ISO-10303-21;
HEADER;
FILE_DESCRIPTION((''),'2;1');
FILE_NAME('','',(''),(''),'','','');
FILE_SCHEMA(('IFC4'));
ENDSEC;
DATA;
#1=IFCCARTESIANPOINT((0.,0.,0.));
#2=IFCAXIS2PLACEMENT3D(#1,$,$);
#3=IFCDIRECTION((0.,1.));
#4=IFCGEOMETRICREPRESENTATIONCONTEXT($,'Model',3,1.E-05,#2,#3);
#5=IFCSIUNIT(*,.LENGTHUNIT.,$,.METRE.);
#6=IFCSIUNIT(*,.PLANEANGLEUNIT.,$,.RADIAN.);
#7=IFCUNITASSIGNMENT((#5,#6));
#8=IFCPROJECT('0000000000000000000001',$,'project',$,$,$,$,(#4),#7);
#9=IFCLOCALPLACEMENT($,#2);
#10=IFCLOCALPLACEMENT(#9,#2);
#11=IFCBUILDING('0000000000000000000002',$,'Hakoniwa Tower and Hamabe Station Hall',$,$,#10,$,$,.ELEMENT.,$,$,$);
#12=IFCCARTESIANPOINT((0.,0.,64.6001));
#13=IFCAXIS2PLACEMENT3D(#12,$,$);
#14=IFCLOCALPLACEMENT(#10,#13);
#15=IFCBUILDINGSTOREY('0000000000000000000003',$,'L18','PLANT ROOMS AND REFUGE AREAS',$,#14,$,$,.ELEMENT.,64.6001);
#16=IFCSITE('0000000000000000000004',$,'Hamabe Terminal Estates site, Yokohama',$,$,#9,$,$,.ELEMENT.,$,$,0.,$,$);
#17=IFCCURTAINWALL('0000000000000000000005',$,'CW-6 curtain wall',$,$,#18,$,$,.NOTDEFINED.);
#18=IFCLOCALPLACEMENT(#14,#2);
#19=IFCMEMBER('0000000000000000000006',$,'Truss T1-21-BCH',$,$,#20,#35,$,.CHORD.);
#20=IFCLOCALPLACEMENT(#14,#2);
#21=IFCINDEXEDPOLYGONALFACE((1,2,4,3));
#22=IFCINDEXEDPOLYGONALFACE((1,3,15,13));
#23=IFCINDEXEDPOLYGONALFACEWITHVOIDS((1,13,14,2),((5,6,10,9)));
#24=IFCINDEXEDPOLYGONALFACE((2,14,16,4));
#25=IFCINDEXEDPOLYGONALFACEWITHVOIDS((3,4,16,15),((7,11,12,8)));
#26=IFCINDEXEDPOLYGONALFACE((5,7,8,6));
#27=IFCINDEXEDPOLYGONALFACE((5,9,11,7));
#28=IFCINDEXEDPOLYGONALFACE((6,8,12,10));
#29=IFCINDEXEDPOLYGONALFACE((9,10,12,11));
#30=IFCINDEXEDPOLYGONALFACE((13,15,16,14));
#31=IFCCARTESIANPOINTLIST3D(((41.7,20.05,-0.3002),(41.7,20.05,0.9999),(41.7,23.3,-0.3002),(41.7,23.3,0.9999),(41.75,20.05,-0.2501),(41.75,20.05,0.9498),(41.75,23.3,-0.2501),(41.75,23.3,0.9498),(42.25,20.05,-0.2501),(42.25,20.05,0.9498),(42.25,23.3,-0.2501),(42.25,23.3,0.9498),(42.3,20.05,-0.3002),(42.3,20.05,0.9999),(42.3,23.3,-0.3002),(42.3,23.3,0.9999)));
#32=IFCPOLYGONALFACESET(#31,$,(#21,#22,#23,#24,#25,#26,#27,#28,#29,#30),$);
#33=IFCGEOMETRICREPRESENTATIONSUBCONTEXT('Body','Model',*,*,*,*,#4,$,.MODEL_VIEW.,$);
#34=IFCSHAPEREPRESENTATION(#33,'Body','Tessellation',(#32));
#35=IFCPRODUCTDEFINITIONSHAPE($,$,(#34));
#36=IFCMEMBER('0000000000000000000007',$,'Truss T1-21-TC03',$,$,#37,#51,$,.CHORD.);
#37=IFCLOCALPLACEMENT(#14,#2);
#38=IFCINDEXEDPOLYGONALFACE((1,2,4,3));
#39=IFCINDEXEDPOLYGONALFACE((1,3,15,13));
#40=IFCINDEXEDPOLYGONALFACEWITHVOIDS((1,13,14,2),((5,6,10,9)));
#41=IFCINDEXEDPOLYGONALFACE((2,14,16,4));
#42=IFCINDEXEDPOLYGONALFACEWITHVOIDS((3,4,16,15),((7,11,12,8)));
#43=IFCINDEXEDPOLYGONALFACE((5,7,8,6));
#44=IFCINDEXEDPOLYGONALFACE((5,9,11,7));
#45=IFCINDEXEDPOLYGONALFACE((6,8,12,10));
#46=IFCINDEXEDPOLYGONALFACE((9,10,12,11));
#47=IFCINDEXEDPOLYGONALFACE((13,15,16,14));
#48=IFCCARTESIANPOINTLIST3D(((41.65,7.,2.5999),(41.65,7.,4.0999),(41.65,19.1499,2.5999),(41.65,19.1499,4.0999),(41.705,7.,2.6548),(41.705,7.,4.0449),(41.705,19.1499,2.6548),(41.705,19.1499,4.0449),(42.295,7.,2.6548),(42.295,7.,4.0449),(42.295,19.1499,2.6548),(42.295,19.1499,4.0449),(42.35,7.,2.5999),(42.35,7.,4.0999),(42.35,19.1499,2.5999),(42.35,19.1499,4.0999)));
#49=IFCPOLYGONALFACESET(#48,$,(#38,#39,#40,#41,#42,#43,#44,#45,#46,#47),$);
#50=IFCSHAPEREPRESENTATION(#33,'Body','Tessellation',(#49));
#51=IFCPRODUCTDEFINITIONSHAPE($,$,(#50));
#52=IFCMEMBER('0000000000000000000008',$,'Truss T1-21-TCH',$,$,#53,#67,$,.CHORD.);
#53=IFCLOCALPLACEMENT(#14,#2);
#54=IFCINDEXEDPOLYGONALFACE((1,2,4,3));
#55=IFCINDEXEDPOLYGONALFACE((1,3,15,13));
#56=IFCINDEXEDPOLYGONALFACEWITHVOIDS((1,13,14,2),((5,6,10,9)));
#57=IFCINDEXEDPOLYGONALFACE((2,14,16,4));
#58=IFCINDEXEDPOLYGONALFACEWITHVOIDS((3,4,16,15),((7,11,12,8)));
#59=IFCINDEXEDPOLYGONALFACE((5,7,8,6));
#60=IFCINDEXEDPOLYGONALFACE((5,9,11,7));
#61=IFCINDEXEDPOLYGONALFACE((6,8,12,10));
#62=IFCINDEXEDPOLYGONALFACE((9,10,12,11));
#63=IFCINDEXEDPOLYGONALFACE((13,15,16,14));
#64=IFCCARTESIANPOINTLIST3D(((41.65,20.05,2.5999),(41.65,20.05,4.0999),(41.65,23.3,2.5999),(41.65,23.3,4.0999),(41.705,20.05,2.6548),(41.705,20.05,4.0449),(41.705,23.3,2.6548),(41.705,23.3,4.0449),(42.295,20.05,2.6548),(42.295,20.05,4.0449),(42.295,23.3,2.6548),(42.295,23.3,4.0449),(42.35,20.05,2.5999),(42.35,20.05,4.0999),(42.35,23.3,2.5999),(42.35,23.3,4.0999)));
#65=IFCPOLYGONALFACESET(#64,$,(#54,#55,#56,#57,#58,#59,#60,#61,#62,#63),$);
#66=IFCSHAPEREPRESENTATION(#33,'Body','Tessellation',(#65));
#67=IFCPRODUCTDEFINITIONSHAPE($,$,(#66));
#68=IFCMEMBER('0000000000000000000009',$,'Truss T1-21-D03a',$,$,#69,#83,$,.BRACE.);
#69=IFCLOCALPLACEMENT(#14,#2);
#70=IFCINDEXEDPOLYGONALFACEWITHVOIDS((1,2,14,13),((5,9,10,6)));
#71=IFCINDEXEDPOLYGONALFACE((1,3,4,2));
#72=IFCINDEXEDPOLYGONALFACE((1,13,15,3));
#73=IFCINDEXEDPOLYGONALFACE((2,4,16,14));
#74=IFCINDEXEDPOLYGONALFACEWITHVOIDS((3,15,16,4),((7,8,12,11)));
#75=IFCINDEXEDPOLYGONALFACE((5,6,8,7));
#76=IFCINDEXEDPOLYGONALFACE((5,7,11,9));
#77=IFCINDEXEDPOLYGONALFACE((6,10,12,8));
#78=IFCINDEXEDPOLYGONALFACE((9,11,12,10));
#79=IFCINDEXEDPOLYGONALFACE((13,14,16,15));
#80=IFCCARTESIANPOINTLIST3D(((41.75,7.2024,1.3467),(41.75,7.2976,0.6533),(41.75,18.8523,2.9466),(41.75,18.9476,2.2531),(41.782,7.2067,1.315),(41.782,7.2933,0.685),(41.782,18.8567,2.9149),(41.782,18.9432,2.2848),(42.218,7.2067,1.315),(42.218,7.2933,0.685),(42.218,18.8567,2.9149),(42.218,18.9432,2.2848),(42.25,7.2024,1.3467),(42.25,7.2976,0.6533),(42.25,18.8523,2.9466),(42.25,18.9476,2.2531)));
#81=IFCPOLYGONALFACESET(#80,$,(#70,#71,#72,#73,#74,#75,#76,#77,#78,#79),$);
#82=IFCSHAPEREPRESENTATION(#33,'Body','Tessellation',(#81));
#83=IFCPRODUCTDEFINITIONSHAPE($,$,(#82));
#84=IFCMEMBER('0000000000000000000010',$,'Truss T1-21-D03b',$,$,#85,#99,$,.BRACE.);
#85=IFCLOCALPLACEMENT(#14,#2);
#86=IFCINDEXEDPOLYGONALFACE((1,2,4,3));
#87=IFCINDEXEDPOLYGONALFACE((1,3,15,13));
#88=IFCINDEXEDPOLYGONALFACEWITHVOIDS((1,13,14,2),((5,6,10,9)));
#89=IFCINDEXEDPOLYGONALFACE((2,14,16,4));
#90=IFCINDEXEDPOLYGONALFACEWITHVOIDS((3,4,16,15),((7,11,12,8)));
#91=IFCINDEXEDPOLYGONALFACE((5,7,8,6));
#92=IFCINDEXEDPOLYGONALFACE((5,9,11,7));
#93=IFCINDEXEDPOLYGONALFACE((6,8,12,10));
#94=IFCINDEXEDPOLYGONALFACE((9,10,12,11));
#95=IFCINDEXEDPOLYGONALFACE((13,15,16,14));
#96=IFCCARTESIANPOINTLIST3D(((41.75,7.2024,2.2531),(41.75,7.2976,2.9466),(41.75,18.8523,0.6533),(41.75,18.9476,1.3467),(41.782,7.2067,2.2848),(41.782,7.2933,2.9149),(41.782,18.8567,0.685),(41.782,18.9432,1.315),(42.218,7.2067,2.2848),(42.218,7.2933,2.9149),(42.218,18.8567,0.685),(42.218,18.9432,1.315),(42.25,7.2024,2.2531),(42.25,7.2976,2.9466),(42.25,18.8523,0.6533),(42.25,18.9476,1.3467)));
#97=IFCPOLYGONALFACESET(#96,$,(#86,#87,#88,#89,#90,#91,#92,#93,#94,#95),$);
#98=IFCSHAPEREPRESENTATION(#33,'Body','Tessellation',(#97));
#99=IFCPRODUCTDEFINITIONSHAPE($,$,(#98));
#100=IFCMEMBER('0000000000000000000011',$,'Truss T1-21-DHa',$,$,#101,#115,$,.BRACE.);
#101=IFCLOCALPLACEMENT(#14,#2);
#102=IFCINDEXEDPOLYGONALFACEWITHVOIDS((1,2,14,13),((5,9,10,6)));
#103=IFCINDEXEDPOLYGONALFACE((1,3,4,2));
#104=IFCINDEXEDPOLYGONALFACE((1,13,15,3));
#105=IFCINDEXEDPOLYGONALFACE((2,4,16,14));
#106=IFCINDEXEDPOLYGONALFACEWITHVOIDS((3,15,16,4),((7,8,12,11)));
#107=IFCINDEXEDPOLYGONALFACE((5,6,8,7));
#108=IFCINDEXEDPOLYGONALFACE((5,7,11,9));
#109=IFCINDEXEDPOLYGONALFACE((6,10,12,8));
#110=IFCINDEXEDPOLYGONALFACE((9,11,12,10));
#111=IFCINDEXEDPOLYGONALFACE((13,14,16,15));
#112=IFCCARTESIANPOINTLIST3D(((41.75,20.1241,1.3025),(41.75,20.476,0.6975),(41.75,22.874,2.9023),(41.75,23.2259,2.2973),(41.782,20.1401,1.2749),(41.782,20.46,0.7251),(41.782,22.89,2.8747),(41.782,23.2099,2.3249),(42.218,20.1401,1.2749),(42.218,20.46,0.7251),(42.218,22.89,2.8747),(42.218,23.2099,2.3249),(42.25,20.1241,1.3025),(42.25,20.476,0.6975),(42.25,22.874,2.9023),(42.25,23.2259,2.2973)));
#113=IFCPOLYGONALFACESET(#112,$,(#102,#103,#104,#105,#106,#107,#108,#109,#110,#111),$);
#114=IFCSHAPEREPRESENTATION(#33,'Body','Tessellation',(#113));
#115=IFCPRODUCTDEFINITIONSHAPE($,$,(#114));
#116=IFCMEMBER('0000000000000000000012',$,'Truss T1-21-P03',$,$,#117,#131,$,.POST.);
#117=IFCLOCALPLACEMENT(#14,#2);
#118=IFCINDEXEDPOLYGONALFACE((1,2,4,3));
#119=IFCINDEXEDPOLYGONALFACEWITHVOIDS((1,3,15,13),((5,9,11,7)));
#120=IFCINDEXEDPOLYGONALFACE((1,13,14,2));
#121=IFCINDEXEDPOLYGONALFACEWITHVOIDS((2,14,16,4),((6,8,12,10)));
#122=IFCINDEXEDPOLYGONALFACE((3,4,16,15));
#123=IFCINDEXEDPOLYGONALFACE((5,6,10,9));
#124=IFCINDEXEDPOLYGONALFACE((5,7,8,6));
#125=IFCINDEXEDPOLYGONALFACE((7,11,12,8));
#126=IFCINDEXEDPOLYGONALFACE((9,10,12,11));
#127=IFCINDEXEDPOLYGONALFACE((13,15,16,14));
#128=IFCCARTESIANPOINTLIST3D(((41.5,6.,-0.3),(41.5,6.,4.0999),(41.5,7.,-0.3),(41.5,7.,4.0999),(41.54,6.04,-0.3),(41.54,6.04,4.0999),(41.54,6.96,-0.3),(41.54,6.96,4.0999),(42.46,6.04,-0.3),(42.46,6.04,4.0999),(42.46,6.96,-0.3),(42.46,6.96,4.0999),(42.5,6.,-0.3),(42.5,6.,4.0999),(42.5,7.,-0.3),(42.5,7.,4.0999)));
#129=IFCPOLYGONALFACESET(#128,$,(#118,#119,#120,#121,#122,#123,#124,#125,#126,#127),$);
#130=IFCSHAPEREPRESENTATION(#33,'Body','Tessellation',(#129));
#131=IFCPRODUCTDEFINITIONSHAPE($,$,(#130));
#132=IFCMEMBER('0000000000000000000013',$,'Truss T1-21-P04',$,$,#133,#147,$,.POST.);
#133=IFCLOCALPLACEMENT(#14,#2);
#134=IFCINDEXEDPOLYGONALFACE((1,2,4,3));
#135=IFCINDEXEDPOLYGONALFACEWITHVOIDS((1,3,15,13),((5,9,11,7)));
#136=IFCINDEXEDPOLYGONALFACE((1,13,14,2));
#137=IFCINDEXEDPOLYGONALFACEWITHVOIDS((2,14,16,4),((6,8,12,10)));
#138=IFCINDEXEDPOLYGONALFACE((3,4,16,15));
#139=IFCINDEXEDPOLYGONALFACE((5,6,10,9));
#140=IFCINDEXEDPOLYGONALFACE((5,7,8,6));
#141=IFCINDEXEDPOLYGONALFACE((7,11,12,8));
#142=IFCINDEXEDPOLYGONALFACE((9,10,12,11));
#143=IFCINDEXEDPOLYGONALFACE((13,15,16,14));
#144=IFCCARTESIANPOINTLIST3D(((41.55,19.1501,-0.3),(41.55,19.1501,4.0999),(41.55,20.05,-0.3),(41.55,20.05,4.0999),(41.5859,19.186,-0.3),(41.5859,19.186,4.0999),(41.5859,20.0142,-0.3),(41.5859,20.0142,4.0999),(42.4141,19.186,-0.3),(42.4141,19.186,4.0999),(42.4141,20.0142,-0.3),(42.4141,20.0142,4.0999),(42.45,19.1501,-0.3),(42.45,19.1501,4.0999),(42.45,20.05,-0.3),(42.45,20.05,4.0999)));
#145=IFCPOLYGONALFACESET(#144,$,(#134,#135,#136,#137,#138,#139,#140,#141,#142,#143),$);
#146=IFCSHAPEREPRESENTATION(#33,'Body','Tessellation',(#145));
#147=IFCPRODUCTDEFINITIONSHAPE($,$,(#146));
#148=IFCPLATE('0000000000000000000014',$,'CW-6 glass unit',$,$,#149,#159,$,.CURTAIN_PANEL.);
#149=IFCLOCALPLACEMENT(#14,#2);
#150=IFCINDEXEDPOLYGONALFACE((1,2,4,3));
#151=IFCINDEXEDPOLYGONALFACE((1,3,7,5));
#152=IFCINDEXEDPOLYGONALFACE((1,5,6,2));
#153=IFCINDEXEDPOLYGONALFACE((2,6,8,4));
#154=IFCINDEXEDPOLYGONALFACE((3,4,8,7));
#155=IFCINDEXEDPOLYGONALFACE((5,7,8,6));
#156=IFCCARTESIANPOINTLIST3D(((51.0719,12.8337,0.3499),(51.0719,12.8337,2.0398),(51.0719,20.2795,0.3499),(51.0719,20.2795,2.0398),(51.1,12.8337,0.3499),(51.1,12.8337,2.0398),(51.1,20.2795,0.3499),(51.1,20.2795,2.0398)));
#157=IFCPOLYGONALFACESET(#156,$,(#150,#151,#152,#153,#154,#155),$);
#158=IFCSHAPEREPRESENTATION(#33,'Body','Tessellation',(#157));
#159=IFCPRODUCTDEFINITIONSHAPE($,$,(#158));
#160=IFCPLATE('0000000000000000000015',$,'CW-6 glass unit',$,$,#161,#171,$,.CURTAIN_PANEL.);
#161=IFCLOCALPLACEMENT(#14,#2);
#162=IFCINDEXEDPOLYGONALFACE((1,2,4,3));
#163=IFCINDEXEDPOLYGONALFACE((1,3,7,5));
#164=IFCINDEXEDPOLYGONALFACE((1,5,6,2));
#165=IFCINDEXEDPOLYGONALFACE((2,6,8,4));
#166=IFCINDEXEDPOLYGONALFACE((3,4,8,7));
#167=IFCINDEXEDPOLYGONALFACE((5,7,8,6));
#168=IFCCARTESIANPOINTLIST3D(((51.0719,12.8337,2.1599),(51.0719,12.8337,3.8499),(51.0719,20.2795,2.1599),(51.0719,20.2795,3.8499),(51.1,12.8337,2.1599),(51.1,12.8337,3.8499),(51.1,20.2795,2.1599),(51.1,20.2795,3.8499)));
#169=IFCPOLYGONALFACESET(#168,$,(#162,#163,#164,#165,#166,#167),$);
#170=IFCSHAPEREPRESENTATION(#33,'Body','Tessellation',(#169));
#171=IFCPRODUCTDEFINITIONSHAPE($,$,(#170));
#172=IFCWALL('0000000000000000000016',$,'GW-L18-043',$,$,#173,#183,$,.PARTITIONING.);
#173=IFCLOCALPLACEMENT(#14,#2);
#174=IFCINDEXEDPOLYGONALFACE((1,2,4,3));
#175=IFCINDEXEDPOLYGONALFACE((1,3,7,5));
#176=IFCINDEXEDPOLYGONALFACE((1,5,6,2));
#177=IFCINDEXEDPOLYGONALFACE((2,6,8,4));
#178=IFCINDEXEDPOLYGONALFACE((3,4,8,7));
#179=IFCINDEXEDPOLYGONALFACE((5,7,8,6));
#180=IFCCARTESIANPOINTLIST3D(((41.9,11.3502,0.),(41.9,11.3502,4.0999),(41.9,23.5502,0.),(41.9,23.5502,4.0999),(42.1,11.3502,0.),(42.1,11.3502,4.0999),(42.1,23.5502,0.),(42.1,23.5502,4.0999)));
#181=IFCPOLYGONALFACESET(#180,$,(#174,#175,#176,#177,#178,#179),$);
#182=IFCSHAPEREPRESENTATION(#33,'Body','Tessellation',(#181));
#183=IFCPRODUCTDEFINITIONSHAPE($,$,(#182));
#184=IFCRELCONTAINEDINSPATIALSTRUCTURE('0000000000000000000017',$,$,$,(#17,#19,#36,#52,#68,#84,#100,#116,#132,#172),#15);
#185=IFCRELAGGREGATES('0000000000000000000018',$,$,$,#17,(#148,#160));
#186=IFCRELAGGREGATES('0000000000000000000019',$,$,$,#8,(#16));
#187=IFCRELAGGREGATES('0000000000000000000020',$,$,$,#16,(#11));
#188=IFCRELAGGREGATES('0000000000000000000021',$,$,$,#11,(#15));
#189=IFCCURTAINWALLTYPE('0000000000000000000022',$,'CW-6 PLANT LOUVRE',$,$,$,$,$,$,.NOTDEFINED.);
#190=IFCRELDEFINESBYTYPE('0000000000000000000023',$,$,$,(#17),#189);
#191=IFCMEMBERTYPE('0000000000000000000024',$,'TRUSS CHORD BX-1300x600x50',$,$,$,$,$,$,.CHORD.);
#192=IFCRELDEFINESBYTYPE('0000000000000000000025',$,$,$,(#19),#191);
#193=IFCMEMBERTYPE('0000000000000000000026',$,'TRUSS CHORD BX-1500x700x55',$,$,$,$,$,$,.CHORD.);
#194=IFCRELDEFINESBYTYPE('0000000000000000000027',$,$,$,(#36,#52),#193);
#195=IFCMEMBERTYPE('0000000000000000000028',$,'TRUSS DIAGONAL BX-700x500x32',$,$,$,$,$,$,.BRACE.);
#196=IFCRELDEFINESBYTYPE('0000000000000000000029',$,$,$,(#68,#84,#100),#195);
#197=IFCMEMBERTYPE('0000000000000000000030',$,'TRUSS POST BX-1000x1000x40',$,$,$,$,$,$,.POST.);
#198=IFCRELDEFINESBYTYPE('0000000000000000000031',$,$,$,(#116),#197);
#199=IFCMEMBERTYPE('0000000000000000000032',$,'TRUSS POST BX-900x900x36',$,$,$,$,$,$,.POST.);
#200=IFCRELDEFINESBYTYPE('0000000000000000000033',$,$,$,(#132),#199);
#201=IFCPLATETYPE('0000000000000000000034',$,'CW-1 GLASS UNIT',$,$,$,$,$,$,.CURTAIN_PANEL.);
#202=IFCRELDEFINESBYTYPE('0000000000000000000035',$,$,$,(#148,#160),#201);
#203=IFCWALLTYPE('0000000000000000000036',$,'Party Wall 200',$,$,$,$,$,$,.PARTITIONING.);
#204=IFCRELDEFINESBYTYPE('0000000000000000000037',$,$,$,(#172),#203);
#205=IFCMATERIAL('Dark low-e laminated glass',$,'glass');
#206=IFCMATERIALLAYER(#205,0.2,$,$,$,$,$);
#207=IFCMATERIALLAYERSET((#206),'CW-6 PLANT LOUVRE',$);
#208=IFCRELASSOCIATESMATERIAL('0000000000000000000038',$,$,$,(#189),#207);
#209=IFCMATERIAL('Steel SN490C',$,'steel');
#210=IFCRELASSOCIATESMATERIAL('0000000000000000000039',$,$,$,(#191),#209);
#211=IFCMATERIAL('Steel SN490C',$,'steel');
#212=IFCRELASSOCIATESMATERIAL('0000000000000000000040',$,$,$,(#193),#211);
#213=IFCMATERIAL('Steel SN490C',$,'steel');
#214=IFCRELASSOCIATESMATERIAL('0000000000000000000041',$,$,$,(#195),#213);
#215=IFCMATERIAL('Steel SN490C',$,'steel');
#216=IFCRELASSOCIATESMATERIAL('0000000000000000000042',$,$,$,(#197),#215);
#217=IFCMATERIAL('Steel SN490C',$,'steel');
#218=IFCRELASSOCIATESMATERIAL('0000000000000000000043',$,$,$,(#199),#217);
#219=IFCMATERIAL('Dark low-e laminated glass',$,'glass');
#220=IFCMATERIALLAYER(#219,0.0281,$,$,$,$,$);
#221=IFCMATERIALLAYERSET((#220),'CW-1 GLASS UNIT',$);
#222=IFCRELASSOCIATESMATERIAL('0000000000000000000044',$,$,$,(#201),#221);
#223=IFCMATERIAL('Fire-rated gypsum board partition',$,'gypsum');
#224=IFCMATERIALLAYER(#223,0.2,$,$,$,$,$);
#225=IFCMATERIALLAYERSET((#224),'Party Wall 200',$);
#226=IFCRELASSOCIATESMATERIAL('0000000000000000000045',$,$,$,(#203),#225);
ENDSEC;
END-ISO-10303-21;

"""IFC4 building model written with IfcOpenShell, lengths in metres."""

from ifc_helpers import new_model, si_unit, direction, frame, frame_2d, origin, origin_2d, place, context, subcontext, project, spatial, rectangle, hollow_rectangle, extrude, material, layer, layer_set, material_profile, profile_set, type_object, element, aggregate, save


model = new_model("IFC4")

# Units and contexts
model_context = context("Model", 3, precision=1e-05, world=origin(), true_north=direction((0.0, 1.0)))
body_context = subcontext(model_context, "Body", "Model", "MODEL_VIEW")
ifc_project = project(units=[si_unit("LENGTHUNIT", "METRE"), si_unit("PLANEANGLEUNIT", "RADIAN")], contexts=[model_context])

# Site, building, storey
site_placement = place(None, origin())
site = spatial("IfcSite", under=ifc_project, at=site_placement, Name="Hamabe Terminal Estates site, Yokohama", CompositionType="ELEMENT", RefElevation=0.0)
building_placement = place(site_placement, origin())
building = spatial("IfcBuilding", under=site, at=building_placement, Name="Hakoniwa Tower and Hamabe Station Hall", CompositionType="ELEMENT")
storey_placement = place(building_placement, frame((0.0, 0.0, 64.6001)))
storey = spatial("IfcBuildingStorey", under=building, at=storey_placement, Name="L18", Description="PLANT ROOMS AND REFUGE AREAS", CompositionType="ELEMENT", Elevation=64.6001)

# Curtain wall
ifc_material_1 = material(Name="Dark low-e laminated glass", Category="glass")
ifc_layer_1 = layer(ifc_material_1, 0.2)
ifc_layer_set_1 = layer_set([ifc_layer_1], Name="CW-6 PLANT LOUVRE")
curtain_wall_type = type_object("IfcCurtainWallType", Name="CW-6 PLANT LOUVRE", PredefinedType="NOTDEFINED", material=ifc_layer_set_1)
curtain_wall_1_placement = place(storey_placement, origin())
curtain_wall_1 = element("IfcCurtainWall", 1, at=curtain_wall_1_placement, inside=storey, type_object=curtain_wall_type, Name="CW-6 curtain wall", PredefinedType="NOTDEFINED")

# Members
ifc_material_2 = material(Name="Steel SN490C", Category="steel")
ifc_material_profile_1 = material_profile(ifc_material_2, hollow_rectangle(XDim=0.6001, YDim=1.3, WallThickness=0.05, at=origin_2d()), Name="BX-1300x600x50")
ifc_profile_set_1 = profile_set([ifc_material_profile_1], Name="Steel SN490C")
member_type_1 = type_object("IfcMemberType", Name="TRUSS CHORD BX-1300x600x50", PredefinedType="CHORD", material=ifc_profile_set_1)
member_1_placement = place(storey_placement, frame((42.0, 20.05, 0.3499), z_axis=(0.0, 1.0, 0.0), x_axis=(-1.0, 0.0, 0.0)))
element("IfcMember", 2, at=member_1_placement, inside=storey, type_object=member_type_1, Name="Truss T1-21-BCH", PredefinedType="CHORD", context=body_context, shape_type="SweptSolid", body=[
    extrude(hollow_rectangle(XDim=0.6001, YDim=1.3, WallThickness=0.05, at=origin_2d()), origin(), (0.0, 0.0, 1.0), 3.25),
])
ifc_material_3 = material(Name="Steel SN490C", Category="steel")
ifc_material_profile_2 = material_profile(ifc_material_3, hollow_rectangle(XDim=0.7, YDim=1.5, WallThickness=0.0549, at=origin_2d()), Name="BX-1500x700x55")
ifc_profile_set_2 = profile_set([ifc_material_profile_2], Name="Steel SN490C")
member_type_2 = type_object("IfcMemberType", Name="TRUSS CHORD BX-1500x700x55", PredefinedType="CHORD", material=ifc_profile_set_2)
member_2_placement = place(storey_placement, frame((42.0, 7.0, 3.3499), z_axis=(0.0, 1.0, 0.0), x_axis=(-1.0, 0.0, 0.0)))
element("IfcMember", 3, at=member_2_placement, inside=storey, type_object=member_type_2, Name="Truss T1-21-TC03", PredefinedType="CHORD", context=body_context, shape_type="SweptSolid", body=[
    extrude(hollow_rectangle(XDim=0.7, YDim=1.5, WallThickness=0.0549, at=origin_2d()), origin(), (0.0, 0.0, 1.0), 12.1499),
])
member_3_placement = place(storey_placement, frame((42.0, 20.05, 3.3499), z_axis=(0.0, 1.0, 0.0), x_axis=(-1.0, 0.0, 0.0)))
element("IfcMember", 4, at=member_3_placement, inside=storey, type_object=member_type_2, Name="Truss T1-21-TCH", PredefinedType="CHORD", context=body_context, shape_type="SweptSolid", body=[
    extrude(hollow_rectangle(XDim=0.7, YDim=1.5, WallThickness=0.0549, at=origin_2d()), origin(), (0.0, 0.0, 1.0), 3.25),
])
ifc_material_4 = material(Name="Steel SN490C", Category="steel")
ifc_material_profile_3 = material_profile(ifc_material_4, hollow_rectangle(XDim=0.5, YDim=0.7, WallThickness=0.032, at=origin_2d()), Name="BX-700x500x32")
ifc_profile_set_3 = profile_set([ifc_material_profile_3], Name="Steel SN490C")
member_type_3 = type_object("IfcMemberType", Name="TRUSS DIAGONAL BX-700x500x32", PredefinedType="BRACE", material=ifc_profile_set_3)
for number, where, z_axis, x_axis, name in (
    (5, (42.0, 7.25, 1.0), (0.0, 0.990702, 0.136051), (-1.0, 0.0, 0.0), "Truss T1-21-D03a"),
    (6, (42.0, 7.25, 2.5999), (0.0, 0.990702, -0.136051), (-1.0, 0.0, 0.0), "Truss T1-21-D03b"),
):
    element("IfcMember", number, at=place(storey_placement, frame(where, z_axis=z_axis, x_axis=x_axis)), inside=storey, type_object=member_type_3, Name=name, PredefinedType="BRACE", context=body_context, shape_type="SweptSolid", body=[
        extrude(hollow_rectangle(XDim=0.5, YDim=0.7, WallThickness=0.032, at=origin_2d()), origin(), (0.0, 0.0, 1.0), 11.7593),
    ])
member_4_placement = place(storey_placement, frame((42.0, 20.3, 1.0), z_axis=(0.0, 0.864368, 0.502859), x_axis=(-1.0, 0.0, 0.0)))
element("IfcMember", 7, at=member_4_placement, inside=storey, type_object=member_type_3, Name="Truss T1-21-DHa", PredefinedType="BRACE", context=body_context, shape_type="SweptSolid", body=[
    extrude(hollow_rectangle(XDim=0.5, YDim=0.7, WallThickness=0.032, at=origin_2d()), origin(), (0.0, 0.0, 1.0), 3.1814),
])
ifc_material_5 = material(Name="Steel SN490C", Category="steel")
ifc_material_profile_4 = material_profile(ifc_material_5, hollow_rectangle(XDim=1.0, YDim=1.0, WallThickness=0.04, at=origin_2d()), Name="BX-1000x1000x40")
ifc_profile_set_4 = profile_set([ifc_material_profile_4], Name="Steel SN490C")
member_type_4 = type_object("IfcMemberType", Name="TRUSS POST BX-1000x1000x40", PredefinedType="POST", material=ifc_profile_set_4)
member_5_placement = place(storey_placement, frame((42.0, 6.5, -0.3), z_axis=(0.0, 0.0, 1.0), x_axis=(1.0, 0.0, 0.0)))
element("IfcMember", 8, at=member_5_placement, inside=storey, type_object=member_type_4, Name="Truss T1-21-P03", PredefinedType="POST", context=body_context, shape_type="SweptSolid", body=[
    extrude(hollow_rectangle(XDim=1.0, YDim=1.0, WallThickness=0.04, at=origin_2d()), origin(), (0.0, 0.0, 1.0), 4.3999),
])
ifc_material_6 = material(Name="Steel SN490C", Category="steel")
ifc_material_profile_5 = material_profile(ifc_material_6, hollow_rectangle(XDim=0.8999, YDim=0.8999, WallThickness=0.0359, at=origin_2d()), Name="BX-900x900x36")
ifc_profile_set_5 = profile_set([ifc_material_profile_5], Name="Steel SN490C")
member_type_5 = type_object("IfcMemberType", Name="TRUSS POST BX-900x900x36", PredefinedType="POST", material=ifc_profile_set_5)
member_6_placement = place(storey_placement, frame((42.0, 19.6001, -0.3), z_axis=(0.0, 0.0, 1.0), x_axis=(1.0, 0.0, 0.0)))
element("IfcMember", 9, at=member_6_placement, inside=storey, type_object=member_type_5, Name="Truss T1-21-P04", PredefinedType="POST", context=body_context, shape_type="SweptSolid", body=[
    extrude(hollow_rectangle(XDim=0.8999, YDim=0.8999, WallThickness=0.0359, at=origin_2d()), origin(), (0.0, 0.0, 1.0), 4.3999),
])

# Plates
ifc_material_7 = material(Name="Dark low-e laminated glass", Category="glass")
ifc_layer_2 = layer(ifc_material_7, 0.0281)
ifc_layer_set_2 = layer_set([ifc_layer_2], Name="CW-1 GLASS UNIT")
plate_type = type_object("IfcPlateType", Name="CW-1 GLASS UNIT", PredefinedType="CURTAIN_PANEL", material=ifc_layer_set_2)
plate_1_placement = place(storey_placement, frame((51.0859, 16.5566, 0.3499), z_axis=(0.0, 0.0, 1.0), x_axis=(0.0, 1.0, 0.0)))
plate_1 = element("IfcPlate", 10, at=plate_1_placement, type_object=plate_type, Name="CW-6 glass unit", PredefinedType="CURTAIN_PANEL", context=body_context, shape_type="SweptSolid", body=[
    extrude(rectangle(XDim=7.4458, YDim=0.0281, at=origin_2d()), origin(), (0.0, 0.0, 1.0), 1.6899),
])
plate_2_placement = place(storey_placement, frame((51.0859, 16.5566, 2.1599), z_axis=(0.0, 0.0, 1.0), x_axis=(0.0, 1.0, 0.0)))
plate_2 = element("IfcPlate", 11, at=plate_2_placement, type_object=plate_type, Name="CW-6 glass unit", PredefinedType="CURTAIN_PANEL", context=body_context, shape_type="SweptSolid", body=[
    extrude(rectangle(XDim=7.4458, YDim=0.0281, at=origin_2d()), origin(), (0.0, 0.0, 1.0), 1.6899),
])

# Wall
ifc_material_8 = material(Name="Fire-rated gypsum board partition", Category="gypsum")
ifc_layer_3 = layer(ifc_material_8, 0.2)
ifc_layer_set_3 = layer_set([ifc_layer_3], Name="Party Wall 200")
wall_type = type_object("IfcWallType", Name="Party Wall 200", PredefinedType="PARTITIONING", material=ifc_layer_set_3)
wall_placement = place(storey_placement, frame((42.0, 11.3501, 0.0), z_axis=(0.0, 0.0, 1.0), x_axis=(0.0, 1.0, 0.0)))
element("IfcWall", 12, at=wall_placement, inside=storey, type_object=wall_type, Name="GW-L18-043", PredefinedType="PARTITIONING", context=body_context, shape_type="SweptSolid", body=[
    extrude(rectangle(XDim=12.2, YDim=0.2, at=frame_2d((6.1001, 0.0))), origin(), (0.0, 0.0, 1.0), 4.0999),
])

aggregate(curtain_wall_1, [plate_1, plate_2])

save(model, "model.ifc")
